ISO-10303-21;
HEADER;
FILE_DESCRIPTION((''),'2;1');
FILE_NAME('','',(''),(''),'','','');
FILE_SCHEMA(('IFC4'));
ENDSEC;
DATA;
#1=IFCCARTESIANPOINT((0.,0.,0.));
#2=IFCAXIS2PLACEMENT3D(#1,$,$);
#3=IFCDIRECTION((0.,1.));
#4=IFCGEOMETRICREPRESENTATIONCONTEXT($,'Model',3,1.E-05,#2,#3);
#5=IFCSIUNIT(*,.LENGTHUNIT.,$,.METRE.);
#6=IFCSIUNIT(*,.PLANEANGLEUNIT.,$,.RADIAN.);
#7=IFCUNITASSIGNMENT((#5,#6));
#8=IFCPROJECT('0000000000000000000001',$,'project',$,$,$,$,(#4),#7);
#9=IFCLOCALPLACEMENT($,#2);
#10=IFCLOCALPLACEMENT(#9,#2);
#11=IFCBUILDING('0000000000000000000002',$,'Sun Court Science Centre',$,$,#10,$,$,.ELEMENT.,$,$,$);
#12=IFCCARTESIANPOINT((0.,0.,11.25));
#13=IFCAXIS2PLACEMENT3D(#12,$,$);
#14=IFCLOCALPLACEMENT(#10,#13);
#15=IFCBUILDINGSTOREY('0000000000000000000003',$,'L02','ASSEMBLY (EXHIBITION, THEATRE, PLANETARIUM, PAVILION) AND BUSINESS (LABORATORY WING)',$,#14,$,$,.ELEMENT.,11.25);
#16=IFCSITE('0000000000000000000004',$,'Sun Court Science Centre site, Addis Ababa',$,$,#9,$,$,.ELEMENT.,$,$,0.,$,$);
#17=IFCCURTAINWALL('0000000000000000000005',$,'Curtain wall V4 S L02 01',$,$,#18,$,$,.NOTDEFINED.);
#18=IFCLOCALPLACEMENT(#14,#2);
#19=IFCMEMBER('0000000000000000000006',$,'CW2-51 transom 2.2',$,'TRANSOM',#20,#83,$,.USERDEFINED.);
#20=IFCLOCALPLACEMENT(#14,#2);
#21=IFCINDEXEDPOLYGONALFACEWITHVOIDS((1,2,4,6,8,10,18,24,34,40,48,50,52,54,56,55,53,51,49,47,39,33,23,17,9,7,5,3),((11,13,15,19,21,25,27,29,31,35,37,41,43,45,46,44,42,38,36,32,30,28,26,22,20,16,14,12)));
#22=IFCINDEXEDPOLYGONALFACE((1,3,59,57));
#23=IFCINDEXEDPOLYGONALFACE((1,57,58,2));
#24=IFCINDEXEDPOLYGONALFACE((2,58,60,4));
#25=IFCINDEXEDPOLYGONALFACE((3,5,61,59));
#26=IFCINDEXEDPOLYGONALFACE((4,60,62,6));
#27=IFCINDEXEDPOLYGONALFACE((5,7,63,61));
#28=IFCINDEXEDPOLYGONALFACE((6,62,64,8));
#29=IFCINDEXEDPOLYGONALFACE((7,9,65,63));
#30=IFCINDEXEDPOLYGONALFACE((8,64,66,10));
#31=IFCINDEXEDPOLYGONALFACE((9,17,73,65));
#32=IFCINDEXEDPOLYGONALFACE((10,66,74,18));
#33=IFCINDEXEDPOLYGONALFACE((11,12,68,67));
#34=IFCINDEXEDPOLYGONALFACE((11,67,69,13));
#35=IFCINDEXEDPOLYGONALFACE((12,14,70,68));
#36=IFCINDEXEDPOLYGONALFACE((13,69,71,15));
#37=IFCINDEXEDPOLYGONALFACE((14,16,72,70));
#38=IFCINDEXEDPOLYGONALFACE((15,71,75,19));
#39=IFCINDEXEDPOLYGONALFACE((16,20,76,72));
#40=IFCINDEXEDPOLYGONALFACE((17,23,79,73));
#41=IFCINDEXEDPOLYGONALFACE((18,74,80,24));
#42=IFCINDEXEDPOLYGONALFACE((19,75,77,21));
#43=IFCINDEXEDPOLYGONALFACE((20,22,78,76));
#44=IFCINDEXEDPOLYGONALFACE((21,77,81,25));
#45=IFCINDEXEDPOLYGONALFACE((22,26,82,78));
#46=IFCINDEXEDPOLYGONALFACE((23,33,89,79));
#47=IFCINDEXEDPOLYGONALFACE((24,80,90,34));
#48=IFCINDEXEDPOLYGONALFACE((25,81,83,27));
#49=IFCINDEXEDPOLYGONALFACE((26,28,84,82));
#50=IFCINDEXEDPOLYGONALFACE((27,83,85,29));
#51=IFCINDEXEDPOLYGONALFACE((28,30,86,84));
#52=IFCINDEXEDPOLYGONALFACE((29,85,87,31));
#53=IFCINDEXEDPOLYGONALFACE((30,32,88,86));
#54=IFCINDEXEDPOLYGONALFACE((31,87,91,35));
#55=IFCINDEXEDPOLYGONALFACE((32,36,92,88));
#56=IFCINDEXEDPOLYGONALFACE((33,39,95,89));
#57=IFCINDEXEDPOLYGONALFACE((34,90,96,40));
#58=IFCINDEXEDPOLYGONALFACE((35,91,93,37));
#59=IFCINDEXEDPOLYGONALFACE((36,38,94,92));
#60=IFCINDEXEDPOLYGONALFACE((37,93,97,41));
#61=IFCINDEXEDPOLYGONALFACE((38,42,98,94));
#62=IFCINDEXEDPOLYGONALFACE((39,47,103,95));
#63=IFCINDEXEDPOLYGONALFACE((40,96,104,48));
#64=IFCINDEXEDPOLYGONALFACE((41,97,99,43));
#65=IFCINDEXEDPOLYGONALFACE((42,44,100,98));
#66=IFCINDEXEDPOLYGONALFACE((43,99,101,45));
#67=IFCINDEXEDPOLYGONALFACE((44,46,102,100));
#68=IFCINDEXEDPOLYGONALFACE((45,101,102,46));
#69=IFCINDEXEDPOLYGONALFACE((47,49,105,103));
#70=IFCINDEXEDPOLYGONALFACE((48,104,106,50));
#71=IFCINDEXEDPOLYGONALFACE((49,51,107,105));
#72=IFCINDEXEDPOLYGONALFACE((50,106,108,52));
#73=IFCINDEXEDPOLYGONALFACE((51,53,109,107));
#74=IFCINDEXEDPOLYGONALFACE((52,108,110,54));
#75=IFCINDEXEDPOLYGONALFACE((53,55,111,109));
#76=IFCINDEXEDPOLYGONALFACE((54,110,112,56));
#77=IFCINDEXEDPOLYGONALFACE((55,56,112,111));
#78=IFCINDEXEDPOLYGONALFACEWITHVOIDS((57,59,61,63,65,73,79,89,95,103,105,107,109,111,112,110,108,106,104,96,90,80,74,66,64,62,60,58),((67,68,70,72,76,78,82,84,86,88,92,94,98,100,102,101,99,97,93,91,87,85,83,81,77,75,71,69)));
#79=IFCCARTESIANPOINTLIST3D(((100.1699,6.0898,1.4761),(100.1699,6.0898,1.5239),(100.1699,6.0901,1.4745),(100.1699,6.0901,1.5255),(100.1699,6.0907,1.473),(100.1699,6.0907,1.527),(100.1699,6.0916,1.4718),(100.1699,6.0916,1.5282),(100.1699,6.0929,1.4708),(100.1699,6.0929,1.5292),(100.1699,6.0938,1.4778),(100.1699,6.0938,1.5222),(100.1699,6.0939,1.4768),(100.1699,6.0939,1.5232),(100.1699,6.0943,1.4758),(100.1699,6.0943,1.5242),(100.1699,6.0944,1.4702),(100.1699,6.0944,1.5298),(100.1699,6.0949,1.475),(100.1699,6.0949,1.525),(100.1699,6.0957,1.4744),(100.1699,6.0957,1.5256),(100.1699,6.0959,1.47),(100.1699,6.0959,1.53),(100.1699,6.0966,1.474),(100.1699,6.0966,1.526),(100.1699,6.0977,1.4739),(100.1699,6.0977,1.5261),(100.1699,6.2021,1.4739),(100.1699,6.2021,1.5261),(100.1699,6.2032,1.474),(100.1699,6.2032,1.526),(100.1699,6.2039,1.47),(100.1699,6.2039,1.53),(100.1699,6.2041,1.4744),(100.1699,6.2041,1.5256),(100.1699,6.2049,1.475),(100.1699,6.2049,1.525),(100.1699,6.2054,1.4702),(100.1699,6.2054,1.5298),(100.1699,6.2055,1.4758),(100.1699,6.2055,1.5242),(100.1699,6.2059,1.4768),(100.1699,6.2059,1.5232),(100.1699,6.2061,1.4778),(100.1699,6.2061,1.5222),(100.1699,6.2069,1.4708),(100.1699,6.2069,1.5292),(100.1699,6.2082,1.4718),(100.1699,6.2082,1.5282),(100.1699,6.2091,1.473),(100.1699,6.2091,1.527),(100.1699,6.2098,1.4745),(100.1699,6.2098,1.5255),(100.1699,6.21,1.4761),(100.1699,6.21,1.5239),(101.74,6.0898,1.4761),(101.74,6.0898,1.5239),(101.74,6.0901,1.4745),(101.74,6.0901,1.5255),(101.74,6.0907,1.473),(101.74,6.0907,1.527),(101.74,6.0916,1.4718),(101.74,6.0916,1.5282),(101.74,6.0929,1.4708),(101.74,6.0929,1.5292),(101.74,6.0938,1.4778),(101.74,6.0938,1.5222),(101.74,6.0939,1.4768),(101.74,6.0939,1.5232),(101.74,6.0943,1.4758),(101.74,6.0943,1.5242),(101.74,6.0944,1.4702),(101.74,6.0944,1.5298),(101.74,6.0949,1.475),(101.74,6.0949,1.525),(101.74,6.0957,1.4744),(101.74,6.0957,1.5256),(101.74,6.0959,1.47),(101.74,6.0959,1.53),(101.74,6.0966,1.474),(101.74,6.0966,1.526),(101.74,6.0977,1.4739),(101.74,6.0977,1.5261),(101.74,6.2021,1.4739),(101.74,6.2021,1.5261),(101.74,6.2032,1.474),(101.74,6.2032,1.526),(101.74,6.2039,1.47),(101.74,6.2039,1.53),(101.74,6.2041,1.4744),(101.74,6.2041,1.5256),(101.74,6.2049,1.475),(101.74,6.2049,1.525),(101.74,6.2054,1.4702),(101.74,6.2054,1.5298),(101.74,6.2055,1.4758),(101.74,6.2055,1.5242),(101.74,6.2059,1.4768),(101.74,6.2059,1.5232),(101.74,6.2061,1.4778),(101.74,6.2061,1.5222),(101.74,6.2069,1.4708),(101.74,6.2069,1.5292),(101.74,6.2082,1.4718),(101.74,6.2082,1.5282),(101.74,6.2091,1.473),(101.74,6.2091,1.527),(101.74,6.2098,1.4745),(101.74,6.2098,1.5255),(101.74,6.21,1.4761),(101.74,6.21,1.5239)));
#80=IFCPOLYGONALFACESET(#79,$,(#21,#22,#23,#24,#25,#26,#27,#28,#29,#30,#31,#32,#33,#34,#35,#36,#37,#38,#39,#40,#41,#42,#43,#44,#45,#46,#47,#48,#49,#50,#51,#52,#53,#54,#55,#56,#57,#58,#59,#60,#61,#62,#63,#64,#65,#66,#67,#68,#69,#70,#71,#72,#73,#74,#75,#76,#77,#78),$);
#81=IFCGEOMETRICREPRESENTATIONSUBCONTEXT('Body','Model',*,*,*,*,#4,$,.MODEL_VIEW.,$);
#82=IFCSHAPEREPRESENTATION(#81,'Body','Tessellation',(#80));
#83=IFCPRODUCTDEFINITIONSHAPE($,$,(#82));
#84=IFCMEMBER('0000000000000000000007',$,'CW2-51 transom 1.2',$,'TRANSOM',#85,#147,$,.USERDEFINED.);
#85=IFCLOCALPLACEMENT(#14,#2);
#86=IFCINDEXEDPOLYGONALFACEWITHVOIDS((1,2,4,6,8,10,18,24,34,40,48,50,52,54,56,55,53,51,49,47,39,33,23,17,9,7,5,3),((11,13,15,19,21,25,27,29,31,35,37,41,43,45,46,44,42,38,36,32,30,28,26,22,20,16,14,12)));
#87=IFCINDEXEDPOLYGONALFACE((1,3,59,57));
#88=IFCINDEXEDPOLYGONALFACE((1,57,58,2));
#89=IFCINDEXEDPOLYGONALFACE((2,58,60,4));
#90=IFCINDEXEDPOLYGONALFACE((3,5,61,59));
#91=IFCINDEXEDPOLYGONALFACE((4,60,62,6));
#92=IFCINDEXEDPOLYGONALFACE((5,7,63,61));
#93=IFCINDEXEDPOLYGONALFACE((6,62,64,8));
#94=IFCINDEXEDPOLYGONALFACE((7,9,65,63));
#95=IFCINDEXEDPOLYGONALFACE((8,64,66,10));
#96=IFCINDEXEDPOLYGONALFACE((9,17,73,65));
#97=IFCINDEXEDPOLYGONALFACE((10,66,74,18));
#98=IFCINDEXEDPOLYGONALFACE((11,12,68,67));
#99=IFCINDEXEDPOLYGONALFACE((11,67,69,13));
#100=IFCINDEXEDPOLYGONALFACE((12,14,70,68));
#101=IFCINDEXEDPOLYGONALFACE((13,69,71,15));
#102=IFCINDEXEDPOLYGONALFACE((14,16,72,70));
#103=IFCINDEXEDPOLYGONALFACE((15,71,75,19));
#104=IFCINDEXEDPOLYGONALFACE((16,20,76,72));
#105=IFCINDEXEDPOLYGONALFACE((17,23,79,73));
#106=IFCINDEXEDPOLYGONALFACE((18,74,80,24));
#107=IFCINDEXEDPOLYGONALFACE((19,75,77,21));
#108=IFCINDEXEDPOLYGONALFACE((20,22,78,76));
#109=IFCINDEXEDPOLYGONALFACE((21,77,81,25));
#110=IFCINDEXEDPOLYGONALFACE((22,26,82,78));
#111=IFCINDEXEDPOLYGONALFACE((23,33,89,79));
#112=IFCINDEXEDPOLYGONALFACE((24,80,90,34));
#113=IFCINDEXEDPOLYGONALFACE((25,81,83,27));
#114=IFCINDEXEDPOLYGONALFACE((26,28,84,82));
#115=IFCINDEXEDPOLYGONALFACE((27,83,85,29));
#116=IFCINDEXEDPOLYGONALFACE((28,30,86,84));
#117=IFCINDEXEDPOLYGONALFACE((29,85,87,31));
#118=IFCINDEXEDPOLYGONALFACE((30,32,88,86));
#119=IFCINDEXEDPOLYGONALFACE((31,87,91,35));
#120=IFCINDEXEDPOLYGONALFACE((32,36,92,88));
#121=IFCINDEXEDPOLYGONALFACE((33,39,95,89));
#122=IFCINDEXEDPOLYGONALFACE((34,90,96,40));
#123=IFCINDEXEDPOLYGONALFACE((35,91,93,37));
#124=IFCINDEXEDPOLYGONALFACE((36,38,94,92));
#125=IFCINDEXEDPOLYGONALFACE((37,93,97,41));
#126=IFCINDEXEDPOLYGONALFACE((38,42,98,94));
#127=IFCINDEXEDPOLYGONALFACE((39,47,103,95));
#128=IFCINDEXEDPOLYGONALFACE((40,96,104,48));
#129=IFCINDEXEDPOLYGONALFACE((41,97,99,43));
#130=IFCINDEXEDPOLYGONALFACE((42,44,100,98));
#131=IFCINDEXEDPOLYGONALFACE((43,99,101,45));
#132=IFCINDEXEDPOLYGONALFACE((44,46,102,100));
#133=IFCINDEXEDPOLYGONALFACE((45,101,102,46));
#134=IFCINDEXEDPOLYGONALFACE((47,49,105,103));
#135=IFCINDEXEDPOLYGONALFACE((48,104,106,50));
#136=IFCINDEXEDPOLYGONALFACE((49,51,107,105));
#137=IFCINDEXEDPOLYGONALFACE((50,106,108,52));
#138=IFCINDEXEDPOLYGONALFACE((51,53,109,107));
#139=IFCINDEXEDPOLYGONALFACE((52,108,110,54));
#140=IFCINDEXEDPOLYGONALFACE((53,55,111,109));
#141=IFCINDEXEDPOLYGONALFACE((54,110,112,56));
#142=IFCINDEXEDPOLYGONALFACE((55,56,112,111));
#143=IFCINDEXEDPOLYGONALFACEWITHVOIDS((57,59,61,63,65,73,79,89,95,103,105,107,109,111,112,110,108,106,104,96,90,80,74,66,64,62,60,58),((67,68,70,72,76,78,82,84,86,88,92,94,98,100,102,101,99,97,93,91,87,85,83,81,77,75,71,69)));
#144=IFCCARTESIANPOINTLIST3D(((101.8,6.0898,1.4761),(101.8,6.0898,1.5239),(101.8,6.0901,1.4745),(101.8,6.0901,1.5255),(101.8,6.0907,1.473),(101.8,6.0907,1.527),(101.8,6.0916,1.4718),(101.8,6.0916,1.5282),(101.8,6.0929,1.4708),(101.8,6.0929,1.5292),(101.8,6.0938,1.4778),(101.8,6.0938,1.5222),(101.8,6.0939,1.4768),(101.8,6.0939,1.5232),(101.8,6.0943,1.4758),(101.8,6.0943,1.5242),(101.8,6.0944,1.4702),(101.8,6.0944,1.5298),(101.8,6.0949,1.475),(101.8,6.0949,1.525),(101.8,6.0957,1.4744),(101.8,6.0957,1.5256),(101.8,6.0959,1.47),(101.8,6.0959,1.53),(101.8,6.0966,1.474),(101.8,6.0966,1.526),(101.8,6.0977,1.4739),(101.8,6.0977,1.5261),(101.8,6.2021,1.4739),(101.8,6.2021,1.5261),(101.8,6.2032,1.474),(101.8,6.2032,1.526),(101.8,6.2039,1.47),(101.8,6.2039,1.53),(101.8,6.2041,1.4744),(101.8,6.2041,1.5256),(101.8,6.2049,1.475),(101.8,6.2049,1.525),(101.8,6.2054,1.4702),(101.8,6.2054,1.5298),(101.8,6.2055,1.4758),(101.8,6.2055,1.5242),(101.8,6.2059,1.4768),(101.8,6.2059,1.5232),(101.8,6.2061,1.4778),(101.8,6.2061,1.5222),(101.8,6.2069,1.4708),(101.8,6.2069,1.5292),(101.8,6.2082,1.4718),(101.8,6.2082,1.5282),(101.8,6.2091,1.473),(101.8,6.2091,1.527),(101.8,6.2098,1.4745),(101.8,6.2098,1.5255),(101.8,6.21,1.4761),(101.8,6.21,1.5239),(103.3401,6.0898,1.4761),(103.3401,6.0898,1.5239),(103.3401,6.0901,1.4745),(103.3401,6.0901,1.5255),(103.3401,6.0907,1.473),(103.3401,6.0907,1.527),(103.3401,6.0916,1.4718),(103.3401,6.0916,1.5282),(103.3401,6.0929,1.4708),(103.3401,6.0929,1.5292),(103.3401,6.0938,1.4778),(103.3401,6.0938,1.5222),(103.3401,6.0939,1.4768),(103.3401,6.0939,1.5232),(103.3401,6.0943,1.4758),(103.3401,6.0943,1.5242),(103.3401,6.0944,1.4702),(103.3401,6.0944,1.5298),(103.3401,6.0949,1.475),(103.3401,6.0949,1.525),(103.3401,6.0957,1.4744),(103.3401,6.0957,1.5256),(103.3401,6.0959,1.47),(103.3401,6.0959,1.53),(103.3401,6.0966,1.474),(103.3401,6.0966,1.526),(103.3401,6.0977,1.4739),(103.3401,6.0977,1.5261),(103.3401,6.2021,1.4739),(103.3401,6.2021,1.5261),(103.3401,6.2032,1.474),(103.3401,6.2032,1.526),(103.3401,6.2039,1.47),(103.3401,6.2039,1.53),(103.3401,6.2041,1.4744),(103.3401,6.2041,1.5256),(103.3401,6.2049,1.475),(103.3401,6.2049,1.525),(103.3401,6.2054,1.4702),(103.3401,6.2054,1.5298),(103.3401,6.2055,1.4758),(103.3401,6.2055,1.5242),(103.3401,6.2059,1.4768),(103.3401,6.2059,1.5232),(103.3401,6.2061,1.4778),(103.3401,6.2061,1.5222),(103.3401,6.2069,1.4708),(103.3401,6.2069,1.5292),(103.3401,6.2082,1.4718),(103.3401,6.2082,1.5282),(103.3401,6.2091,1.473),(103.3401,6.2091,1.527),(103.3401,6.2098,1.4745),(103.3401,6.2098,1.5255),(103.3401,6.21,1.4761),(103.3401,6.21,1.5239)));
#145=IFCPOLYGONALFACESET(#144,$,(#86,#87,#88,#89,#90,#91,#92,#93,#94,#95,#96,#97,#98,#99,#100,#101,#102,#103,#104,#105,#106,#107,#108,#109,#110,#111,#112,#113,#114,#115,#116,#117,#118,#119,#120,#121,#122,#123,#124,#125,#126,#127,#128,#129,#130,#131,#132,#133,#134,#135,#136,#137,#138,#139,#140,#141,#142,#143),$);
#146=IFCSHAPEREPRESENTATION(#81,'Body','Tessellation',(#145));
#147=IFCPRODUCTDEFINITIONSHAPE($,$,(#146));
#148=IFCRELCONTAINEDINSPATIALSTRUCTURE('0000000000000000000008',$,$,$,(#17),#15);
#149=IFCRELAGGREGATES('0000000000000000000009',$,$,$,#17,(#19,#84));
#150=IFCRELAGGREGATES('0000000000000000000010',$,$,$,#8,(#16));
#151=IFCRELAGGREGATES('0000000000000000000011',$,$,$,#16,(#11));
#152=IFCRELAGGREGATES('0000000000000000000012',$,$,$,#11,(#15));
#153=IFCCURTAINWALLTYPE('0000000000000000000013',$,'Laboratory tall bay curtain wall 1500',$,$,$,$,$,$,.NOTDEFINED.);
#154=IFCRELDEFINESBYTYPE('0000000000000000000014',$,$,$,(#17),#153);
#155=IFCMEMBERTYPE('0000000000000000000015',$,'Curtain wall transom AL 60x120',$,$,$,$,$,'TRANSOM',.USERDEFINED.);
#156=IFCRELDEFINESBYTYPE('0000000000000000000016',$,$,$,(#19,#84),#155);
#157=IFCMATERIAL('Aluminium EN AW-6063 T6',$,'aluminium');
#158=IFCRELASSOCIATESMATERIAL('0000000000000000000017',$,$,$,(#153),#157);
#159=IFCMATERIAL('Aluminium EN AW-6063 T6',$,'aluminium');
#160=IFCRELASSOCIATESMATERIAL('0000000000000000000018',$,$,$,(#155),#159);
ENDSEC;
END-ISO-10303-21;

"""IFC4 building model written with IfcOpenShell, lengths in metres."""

from ifc_helpers import new_model, si_unit, direction, frame, origin, origin_2d, place, context, subcontext, project, spatial, hollow_rectangle, extrude, material, material_profile, profile_set, type_object, element, aggregate, save


model = new_model("IFC4")

# Units and contexts
model_context = context("Model", 3, precision=1e-05, world=origin(), true_north=direction((0.0, 1.0)))
body_context = subcontext(model_context, "Body", "Model", "MODEL_VIEW")
ifc_project = project(units=[si_unit("LENGTHUNIT", "METRE"), si_unit("PLANEANGLEUNIT", "RADIAN")], contexts=[model_context])

# Site, building, storey
site_placement = place(None, origin())
site = spatial("IfcSite", under=ifc_project, at=site_placement, Name="Sun Court Science Centre site, Addis Ababa", CompositionType="ELEMENT", RefElevation=0.0)
building_placement = place(site_placement, origin())
building = spatial("IfcBuilding", under=site, at=building_placement, Name="Sun Court Science Centre", CompositionType="ELEMENT")
storey_placement = place(building_placement, frame((0.0, 0.0, 11.25)))
storey = spatial("IfcBuildingStorey", under=building, at=storey_placement, Name="L02", Description="ASSEMBLY (EXHIBITION, THEATRE, PLANETARIUM, PAVILION) AND BUSINESS (LABORATORY WING)", CompositionType="ELEMENT", Elevation=11.25)

# Curtain wall, members
ifc_material_1 = material(Name="Aluminium EN AW-6063 T6", Category="aluminium")
curtain_wall_type = type_object("IfcCurtainWallType", Name="Laboratory tall bay curtain wall 1500", PredefinedType="NOTDEFINED", material=ifc_material_1)
curtain_wall_placement = place(storey_placement, origin())
curtain_wall = element("IfcCurtainWall", 1, at=curtain_wall_placement, inside=storey, type_object=curtain_wall_type, Name="Curtain wall V4 S L02 01", PredefinedType="NOTDEFINED")
ifc_material_2 = material(Name="Aluminium EN AW-6063 T6", Category="aluminium")
ifc_material_profile_1 = material_profile(ifc_material_2, hollow_rectangle(XDim=0.0601, YDim=0.1201, WallThickness=0.0039, InnerFilletRadius=0.0039, OuterFilletRadius=0.0061, at=origin_2d()), Name="AL 60x120x4")
ifc_profile_set_1 = profile_set([ifc_material_profile_1], Name="Aluminium EN AW-6063 T6")
member_type_1 = type_object("IfcMemberType", Name="Curtain wall transom AL 60x120", ElementType="TRANSOM", PredefinedType="USERDEFINED", material=ifc_profile_set_1)
member_1_placement = place(storey_placement, frame((101.74, 6.1499, 1.5), z_axis=(-1.0, 0.0, 0.0), x_axis=(0.0, 0.0, 1.0)))
member_1 = element("IfcMember", 2, at=member_1_placement, type_object=member_type_1, Name="CW2-51 transom 2.2", ObjectType="TRANSOM", PredefinedType="USERDEFINED", context=body_context, shape_type="SweptSolid", body=[
    extrude(hollow_rectangle(XDim=0.0601, YDim=0.1201, WallThickness=0.0039, InnerFilletRadius=0.0039, OuterFilletRadius=0.0061, at=origin_2d()), origin(), (0.0, 0.0, 1.0), 1.5701),
])
member_2_placement = place(storey_placement, frame((103.3401, 6.1499, 1.5), z_axis=(-1.0, 0.0, 0.0), x_axis=(0.0, 0.0, 1.0)))
member_2 = element("IfcMember", 3, at=member_2_placement, type_object=member_type_1, Name="CW2-51 transom 1.2", ObjectType="TRANSOM", PredefinedType="USERDEFINED", context=body_context, shape_type="SweptSolid", body=[
    extrude(hollow_rectangle(XDim=0.0601, YDim=0.1201, WallThickness=0.0039, InnerFilletRadius=0.0039, OuterFilletRadius=0.0061, at=origin_2d()), origin(), (0.0, 0.0, 1.0), 1.54),
])

aggregate(curtain_wall, [member_1, member_2])

save(model, "model.ifc")
